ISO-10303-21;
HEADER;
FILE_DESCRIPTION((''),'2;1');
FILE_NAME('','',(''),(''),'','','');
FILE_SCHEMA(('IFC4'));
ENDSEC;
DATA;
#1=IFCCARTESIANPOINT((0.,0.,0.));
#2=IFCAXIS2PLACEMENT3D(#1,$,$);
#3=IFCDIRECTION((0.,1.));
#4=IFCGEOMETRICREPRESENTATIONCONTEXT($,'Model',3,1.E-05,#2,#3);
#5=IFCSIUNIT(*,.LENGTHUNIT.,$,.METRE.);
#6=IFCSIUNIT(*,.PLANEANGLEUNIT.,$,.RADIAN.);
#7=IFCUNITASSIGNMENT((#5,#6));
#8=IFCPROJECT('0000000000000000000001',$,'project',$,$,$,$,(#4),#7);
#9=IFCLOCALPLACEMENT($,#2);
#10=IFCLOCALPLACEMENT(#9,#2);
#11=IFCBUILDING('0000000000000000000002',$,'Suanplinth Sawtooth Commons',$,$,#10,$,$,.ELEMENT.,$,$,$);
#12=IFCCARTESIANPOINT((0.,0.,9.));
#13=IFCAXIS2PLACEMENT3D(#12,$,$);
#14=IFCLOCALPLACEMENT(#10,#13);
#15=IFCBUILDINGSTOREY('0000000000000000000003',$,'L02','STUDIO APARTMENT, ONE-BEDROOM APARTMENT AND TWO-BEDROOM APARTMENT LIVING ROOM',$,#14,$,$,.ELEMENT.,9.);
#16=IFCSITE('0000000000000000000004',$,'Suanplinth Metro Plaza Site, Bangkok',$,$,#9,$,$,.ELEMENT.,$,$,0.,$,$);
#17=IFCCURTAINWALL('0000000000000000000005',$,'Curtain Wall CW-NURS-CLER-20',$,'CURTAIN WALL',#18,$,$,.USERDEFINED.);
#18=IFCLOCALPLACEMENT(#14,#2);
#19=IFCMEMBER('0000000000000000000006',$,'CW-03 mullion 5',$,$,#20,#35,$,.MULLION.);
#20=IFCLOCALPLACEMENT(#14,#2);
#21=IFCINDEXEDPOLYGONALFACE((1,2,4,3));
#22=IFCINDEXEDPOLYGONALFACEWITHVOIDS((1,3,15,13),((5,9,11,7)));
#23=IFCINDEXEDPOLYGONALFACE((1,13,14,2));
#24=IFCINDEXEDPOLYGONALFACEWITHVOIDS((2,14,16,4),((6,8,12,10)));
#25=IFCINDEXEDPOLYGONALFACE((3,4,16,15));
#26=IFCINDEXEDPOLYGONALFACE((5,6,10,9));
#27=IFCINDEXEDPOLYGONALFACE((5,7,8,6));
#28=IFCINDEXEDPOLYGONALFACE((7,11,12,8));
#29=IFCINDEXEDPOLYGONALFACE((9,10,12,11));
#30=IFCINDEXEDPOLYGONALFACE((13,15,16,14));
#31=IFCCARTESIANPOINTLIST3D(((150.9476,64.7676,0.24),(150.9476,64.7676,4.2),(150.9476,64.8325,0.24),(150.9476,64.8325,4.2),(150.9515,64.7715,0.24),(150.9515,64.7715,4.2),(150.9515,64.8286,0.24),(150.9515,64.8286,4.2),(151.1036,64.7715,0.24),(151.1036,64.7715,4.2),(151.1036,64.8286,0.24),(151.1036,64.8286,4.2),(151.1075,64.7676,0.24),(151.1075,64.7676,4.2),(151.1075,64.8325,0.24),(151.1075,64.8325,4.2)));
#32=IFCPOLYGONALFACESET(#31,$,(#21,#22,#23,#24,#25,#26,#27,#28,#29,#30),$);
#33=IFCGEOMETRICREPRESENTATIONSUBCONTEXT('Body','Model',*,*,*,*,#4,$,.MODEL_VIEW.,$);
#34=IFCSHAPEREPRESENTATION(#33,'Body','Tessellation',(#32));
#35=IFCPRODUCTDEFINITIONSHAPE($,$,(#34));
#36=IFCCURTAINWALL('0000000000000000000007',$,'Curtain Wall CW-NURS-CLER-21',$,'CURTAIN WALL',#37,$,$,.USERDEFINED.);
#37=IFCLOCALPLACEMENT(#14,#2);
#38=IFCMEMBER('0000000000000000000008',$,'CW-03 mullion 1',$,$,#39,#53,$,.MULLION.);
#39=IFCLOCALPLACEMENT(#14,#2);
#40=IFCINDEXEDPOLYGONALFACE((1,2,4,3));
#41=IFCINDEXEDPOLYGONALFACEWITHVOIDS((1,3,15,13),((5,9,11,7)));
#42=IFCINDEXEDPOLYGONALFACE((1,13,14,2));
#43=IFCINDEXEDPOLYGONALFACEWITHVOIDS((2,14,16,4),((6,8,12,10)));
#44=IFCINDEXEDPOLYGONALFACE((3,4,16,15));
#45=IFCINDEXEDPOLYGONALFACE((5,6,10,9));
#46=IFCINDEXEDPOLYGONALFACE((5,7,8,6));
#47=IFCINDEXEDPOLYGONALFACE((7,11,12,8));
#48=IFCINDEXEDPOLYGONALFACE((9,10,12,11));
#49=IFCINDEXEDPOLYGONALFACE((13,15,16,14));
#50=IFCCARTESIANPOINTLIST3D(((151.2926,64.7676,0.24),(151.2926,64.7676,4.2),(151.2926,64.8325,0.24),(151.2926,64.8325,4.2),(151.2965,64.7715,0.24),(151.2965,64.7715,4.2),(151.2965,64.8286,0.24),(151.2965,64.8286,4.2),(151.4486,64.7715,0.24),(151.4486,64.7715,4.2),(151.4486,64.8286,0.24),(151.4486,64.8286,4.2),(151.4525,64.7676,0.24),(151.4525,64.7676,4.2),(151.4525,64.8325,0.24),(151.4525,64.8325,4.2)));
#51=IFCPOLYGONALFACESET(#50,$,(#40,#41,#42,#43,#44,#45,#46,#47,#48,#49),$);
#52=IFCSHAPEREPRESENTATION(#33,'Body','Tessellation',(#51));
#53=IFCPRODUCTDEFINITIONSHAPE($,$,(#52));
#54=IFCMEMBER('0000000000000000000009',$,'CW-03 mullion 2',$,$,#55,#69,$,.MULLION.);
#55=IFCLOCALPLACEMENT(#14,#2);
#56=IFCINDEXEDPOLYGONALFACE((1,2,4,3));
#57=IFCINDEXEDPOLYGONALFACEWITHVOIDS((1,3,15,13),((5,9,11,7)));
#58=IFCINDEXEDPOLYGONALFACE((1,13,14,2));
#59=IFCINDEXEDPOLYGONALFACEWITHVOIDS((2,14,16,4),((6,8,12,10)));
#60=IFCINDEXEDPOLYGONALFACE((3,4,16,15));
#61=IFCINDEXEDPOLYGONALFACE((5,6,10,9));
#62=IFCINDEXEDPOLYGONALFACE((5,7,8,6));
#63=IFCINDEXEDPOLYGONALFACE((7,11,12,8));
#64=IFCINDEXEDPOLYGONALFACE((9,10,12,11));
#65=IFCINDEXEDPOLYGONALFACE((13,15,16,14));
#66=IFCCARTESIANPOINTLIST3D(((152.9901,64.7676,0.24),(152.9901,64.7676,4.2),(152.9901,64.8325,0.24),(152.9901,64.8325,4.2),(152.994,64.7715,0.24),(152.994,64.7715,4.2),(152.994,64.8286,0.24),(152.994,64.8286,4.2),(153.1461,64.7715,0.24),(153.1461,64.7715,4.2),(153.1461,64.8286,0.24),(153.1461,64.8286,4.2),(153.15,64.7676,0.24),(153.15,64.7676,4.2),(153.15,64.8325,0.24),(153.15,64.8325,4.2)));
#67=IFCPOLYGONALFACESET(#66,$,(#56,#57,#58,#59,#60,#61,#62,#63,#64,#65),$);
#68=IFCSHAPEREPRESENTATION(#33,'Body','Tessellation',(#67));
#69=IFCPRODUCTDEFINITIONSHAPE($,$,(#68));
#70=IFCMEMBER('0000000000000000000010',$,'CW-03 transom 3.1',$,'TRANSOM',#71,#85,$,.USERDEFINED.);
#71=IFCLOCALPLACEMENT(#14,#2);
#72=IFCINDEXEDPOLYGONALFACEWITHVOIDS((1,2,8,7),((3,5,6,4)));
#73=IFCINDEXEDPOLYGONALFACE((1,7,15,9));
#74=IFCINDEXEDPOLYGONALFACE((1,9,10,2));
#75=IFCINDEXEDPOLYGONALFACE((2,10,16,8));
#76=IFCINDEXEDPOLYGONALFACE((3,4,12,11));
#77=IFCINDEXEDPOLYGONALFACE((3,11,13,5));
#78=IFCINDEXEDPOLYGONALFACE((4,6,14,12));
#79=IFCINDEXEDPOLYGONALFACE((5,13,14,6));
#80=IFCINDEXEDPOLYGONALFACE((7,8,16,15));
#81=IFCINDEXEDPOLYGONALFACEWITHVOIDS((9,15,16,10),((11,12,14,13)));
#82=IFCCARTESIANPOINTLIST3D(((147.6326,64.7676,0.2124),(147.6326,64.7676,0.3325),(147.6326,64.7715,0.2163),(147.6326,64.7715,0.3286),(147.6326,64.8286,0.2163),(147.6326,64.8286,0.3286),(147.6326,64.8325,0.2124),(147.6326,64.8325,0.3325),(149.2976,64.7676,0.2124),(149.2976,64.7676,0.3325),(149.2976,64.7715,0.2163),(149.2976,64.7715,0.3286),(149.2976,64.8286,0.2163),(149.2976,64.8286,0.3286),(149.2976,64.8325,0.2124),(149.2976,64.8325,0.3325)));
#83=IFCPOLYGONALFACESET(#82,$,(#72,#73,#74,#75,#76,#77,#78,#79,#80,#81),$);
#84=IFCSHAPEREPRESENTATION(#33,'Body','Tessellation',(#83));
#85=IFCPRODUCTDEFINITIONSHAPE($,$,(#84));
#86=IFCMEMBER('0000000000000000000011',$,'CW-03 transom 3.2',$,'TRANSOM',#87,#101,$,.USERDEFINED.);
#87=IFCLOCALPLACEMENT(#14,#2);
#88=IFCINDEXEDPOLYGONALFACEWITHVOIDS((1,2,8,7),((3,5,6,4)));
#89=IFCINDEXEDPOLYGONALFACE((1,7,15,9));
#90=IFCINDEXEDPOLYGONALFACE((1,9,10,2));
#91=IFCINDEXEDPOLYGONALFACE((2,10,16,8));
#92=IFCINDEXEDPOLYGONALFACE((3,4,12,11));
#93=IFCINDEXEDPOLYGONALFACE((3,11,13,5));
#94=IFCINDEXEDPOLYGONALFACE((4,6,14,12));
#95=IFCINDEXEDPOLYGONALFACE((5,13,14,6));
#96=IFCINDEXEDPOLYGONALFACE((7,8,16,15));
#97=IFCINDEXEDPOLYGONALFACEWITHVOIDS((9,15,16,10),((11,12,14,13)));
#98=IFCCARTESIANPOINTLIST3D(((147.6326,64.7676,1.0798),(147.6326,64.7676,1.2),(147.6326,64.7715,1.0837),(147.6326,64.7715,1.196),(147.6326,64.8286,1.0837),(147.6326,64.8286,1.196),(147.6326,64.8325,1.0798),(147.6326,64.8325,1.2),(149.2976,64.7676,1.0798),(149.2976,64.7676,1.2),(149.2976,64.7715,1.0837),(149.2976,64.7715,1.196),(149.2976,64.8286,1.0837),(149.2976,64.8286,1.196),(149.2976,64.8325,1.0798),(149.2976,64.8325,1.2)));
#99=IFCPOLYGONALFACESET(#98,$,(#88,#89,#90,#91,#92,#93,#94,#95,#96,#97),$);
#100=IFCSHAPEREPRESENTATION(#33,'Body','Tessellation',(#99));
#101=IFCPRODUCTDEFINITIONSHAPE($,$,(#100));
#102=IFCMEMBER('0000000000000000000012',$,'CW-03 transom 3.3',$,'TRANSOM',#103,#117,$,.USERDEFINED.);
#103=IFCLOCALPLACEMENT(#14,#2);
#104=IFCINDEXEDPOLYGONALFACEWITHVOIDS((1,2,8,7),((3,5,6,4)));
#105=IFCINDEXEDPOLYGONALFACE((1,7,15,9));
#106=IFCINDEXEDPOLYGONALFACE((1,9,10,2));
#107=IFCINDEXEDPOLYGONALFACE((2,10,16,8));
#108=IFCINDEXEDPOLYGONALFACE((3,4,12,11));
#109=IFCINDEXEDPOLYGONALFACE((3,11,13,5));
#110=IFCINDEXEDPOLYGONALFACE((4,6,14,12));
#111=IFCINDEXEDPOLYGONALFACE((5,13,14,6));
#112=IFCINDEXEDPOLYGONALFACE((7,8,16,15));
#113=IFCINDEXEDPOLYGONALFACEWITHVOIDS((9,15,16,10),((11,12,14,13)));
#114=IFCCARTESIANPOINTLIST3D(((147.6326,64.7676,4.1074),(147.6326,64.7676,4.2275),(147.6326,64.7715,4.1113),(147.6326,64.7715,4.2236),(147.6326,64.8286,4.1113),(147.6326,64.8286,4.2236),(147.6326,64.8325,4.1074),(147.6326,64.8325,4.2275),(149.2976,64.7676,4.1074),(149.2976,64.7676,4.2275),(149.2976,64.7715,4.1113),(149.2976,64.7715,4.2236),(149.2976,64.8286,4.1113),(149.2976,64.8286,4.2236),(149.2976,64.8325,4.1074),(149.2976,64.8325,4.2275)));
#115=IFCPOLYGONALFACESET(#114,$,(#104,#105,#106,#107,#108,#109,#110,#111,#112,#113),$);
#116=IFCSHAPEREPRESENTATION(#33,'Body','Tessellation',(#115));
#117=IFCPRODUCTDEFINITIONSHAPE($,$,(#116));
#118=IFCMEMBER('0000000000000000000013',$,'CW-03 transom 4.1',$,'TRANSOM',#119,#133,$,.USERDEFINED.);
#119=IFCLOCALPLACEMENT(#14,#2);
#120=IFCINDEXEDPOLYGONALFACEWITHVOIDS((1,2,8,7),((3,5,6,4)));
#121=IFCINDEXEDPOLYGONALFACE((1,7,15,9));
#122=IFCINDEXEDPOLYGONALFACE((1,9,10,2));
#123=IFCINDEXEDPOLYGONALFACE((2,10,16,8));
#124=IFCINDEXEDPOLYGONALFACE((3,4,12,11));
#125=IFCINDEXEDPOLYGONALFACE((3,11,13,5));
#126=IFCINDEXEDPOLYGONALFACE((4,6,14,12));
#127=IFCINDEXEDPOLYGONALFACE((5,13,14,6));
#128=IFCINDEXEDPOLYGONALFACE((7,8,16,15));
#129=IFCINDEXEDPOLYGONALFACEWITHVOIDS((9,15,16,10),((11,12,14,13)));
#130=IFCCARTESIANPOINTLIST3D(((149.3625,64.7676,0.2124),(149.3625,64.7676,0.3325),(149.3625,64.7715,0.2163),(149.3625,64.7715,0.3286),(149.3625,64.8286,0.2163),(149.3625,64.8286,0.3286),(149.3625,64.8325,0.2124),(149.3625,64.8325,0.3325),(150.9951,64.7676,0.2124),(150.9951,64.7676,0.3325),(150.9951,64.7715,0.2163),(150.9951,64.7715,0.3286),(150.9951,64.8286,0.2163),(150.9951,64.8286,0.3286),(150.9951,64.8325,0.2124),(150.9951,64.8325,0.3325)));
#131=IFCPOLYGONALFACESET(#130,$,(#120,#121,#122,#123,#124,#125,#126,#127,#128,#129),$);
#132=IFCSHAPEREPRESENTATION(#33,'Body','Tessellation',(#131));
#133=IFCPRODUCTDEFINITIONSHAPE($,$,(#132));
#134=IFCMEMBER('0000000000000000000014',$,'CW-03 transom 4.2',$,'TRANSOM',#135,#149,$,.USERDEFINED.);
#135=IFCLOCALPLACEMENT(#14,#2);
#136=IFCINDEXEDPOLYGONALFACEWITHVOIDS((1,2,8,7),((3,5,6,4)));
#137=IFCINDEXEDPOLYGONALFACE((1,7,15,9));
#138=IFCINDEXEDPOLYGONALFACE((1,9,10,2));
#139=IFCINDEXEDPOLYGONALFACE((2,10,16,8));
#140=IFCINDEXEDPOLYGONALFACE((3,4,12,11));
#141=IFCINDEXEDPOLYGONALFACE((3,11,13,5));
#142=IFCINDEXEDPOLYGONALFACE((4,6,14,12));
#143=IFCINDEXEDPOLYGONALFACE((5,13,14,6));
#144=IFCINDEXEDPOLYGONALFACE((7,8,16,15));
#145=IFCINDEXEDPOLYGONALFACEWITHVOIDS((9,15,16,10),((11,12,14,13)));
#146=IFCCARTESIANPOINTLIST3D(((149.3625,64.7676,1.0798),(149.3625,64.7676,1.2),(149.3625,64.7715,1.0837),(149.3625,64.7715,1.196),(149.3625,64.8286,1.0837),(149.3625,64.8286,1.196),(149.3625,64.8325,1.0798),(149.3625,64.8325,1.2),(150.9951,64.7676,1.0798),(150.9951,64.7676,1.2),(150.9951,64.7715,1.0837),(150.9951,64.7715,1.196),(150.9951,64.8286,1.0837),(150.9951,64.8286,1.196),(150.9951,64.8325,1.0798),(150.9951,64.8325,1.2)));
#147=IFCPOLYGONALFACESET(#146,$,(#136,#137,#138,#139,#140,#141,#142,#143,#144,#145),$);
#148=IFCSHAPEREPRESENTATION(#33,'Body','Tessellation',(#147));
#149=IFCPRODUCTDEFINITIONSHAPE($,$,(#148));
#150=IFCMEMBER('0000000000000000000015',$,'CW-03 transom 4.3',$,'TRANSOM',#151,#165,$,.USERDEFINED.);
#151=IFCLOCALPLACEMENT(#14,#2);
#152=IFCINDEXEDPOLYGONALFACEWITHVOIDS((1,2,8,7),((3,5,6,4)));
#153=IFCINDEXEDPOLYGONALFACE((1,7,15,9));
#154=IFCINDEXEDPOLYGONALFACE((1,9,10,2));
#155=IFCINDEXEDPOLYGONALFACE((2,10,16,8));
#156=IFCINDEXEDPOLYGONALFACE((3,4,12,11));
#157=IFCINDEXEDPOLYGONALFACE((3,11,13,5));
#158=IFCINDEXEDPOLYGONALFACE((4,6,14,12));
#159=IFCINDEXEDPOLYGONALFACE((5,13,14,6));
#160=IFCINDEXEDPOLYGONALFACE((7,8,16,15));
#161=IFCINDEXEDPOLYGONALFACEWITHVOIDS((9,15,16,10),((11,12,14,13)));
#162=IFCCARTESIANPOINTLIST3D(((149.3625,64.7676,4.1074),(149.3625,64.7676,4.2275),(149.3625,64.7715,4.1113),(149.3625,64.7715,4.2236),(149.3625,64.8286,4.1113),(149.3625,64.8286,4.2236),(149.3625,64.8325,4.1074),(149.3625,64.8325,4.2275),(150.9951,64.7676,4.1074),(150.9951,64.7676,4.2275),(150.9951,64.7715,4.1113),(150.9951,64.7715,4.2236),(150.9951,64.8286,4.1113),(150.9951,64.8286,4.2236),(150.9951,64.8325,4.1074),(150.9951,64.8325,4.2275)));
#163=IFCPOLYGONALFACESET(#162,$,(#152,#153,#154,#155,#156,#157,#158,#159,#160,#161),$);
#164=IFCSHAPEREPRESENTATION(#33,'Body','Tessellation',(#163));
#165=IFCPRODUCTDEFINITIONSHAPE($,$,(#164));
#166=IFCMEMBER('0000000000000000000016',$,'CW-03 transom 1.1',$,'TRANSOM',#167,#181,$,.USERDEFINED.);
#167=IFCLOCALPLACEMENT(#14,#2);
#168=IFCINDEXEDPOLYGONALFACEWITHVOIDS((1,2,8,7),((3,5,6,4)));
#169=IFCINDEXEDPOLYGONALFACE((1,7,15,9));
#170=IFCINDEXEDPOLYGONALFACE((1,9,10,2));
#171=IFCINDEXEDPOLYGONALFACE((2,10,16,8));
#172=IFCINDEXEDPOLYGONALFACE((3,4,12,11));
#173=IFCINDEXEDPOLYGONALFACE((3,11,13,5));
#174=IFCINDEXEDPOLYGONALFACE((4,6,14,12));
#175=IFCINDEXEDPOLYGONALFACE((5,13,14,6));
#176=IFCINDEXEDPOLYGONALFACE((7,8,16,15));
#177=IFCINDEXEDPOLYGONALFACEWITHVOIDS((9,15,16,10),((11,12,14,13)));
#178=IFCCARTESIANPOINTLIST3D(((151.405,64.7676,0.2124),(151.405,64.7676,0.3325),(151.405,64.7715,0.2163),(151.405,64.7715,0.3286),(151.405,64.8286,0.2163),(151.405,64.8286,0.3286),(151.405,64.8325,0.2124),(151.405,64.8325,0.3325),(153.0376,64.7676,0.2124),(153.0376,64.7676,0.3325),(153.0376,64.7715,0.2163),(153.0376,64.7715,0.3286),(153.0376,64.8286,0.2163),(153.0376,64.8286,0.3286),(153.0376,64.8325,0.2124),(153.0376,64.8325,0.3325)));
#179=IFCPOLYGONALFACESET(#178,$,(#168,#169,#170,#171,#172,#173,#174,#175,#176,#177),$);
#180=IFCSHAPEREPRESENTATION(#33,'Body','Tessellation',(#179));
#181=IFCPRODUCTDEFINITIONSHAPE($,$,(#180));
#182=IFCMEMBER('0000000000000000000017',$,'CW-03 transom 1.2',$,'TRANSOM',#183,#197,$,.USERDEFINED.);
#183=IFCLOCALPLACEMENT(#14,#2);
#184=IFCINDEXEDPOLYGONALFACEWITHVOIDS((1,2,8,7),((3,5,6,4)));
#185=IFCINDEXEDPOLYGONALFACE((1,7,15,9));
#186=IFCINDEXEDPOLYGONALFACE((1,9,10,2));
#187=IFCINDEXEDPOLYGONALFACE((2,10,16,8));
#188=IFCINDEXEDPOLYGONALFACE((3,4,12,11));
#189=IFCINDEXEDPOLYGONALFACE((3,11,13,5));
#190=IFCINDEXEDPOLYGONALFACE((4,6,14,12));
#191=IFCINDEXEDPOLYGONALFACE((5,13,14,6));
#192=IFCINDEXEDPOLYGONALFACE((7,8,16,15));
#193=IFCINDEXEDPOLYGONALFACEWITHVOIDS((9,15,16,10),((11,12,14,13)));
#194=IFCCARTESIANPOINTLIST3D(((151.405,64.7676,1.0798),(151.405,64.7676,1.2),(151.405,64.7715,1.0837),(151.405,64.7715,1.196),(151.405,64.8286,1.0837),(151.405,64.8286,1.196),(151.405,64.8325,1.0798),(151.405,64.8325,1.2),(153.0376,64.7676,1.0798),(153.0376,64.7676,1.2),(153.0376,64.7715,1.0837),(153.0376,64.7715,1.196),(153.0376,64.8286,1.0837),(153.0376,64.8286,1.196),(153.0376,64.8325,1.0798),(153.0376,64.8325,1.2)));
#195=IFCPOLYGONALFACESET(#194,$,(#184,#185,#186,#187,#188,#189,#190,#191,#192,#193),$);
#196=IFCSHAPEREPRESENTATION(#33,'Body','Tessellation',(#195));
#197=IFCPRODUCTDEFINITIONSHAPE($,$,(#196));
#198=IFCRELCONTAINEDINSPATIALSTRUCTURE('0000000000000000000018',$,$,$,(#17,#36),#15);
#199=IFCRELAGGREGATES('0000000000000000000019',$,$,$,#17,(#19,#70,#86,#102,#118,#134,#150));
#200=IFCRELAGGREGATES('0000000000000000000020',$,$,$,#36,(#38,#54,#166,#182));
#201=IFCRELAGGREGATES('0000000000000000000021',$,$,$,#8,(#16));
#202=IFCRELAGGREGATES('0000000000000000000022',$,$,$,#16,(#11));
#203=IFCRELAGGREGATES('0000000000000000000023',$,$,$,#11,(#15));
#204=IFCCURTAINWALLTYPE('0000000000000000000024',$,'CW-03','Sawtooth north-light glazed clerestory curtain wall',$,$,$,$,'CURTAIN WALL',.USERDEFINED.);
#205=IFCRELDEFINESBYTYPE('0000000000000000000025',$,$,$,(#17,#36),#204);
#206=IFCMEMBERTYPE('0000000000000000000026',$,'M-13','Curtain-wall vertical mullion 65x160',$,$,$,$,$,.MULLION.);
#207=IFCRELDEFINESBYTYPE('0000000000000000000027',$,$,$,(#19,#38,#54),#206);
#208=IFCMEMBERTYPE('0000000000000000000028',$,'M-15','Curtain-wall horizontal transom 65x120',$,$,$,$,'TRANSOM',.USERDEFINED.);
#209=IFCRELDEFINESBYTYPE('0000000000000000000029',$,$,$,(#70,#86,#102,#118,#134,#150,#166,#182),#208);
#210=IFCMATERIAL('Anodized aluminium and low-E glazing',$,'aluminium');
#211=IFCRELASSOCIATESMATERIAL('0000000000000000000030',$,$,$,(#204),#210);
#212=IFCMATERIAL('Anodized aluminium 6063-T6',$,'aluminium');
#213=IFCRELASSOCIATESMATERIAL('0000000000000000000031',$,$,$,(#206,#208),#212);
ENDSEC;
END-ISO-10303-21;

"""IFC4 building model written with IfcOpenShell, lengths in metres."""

from ifc_helpers import new_model, si_unit, direction, frame, origin, origin_2d, place, context, subcontext, project, spatial, hollow_rectangle, extrude, material, material_profile, profile_set, type_object, element, aggregate, save


model = new_model("IFC4")

# Units and contexts
model_context = context("Model", 3, precision=1e-05, world=origin(), true_north=direction((0.0, 1.0)))
body_context = subcontext(model_context, "Body", "Model", "MODEL_VIEW")
ifc_project = project(units=[si_unit("LENGTHUNIT", "METRE"), si_unit("PLANEANGLEUNIT", "RADIAN")], contexts=[model_context])

# Site, building, storey
site_placement = place(None, origin())
site = spatial("IfcSite", under=ifc_project, at=site_placement, Name="Suanplinth Metro Plaza Site, Bangkok", CompositionType="ELEMENT", RefElevation=0.0)
building_placement = place(site_placement, origin())
building = spatial("IfcBuilding", under=site, at=building_placement, Name="Suanplinth Sawtooth Commons", CompositionType="ELEMENT")
storey_placement = place(building_placement, frame((0.0, 0.0, 9.0)))
storey = spatial("IfcBuildingStorey", under=building, at=storey_placement, Name="L02", Description="STUDIO APARTMENT, ONE-BEDROOM APARTMENT AND TWO-BEDROOM APARTMENT LIVING ROOM", CompositionType="ELEMENT", Elevation=9.0)

# Curtain walls, members
ifc_material_1 = material(Name="Anodized aluminium and low-E glazing", Category="aluminium")
curtain_wall_type = type_object("IfcCurtainWallType", Name="CW-03", Description="Sawtooth north-light glazed clerestory curtain wall", ElementType="CURTAIN WALL", PredefinedType="USERDEFINED", material=ifc_material_1)
curtain_wall_1_placement = place(storey_placement, origin())
curtain_wall_1 = element("IfcCurtainWall", 1, at=curtain_wall_1_placement, inside=storey, type_object=curtain_wall_type, Name="Curtain Wall CW-NURS-CLER-20", ObjectType="CURTAIN WALL", PredefinedType="USERDEFINED")
ifc_material_2 = material(Name="Anodized aluminium 6063-T6", Category="aluminium")
ifc_material_profile_1 = material_profile(ifc_material_2, hollow_rectangle(XDim=0.0649, YDim=0.1599, WallThickness=0.0039, at=origin_2d()), Name="ALU-MUL 65x160")
ifc_profile_set_1 = profile_set([ifc_material_profile_1], Name="Anodized aluminium 6063-T6")
member_type_1 = type_object("IfcMemberType", Name="M-13", Description="Curtain-wall vertical mullion 65x160", PredefinedType="MULLION", material=ifc_profile_set_1)
member_1_placement = place(storey_placement, frame((151.0276, 64.8, 0.24), z_axis=(0.0, 0.0, 1.0), x_axis=(0.0, 1.0, 0.0)))
member_1 = element("IfcMember", 2, at=member_1_placement, type_object=member_type_1, Name="CW-03 mullion 5", PredefinedType="MULLION", context=body_context, shape_type="SweptSolid", body=[
    extrude(hollow_rectangle(XDim=0.0649, YDim=0.1599, WallThickness=0.0039, at=origin_2d()), origin(), (0.0, 0.0, 1.0), 3.96),
])
curtain_wall_2_placement = place(storey_placement, origin())
curtain_wall_2 = element("IfcCurtainWall", 3, at=curtain_wall_2_placement, inside=storey, type_object=curtain_wall_type, Name="Curtain Wall CW-NURS-CLER-21", ObjectType="CURTAIN WALL", PredefinedType="USERDEFINED")
member_2_placement = place(storey_placement, frame((151.3726, 64.8, 0.24), z_axis=(0.0, 0.0, 1.0), x_axis=(0.0, 1.0, 0.0)))
member_2 = element("IfcMember", 4, at=member_2_placement, type_object=member_type_1, Name="CW-03 mullion 1", PredefinedType="MULLION", context=body_context, shape_type="SweptSolid", body=[
    extrude(hollow_rectangle(XDim=0.0649, YDim=0.1599, WallThickness=0.0039, at=origin_2d()), origin(), (0.0, 0.0, 1.0), 3.96),
])
member_3_placement = place(storey_placement, frame((153.0701, 64.8, 0.24), z_axis=(0.0, 0.0, 1.0), x_axis=(0.0, 1.0, 0.0)))
member_3 = element("IfcMember", 5, at=member_3_placement, type_object=member_type_1, Name="CW-03 mullion 2", PredefinedType="MULLION", context=body_context, shape_type="SweptSolid", body=[
    extrude(hollow_rectangle(XDim=0.0649, YDim=0.1599, WallThickness=0.0039, at=origin_2d()), origin(), (0.0, 0.0, 1.0), 3.96),
])

# Members
ifc_material_profile_2 = material_profile(ifc_material_2, hollow_rectangle(XDim=0.0649, YDim=0.1201, WallThickness=0.0039, at=origin_2d()), Name="ALU-TRN 65x120")
ifc_profile_set_2 = profile_set([ifc_material_profile_2], Name="Anodized aluminium 6063-T6")
member_type_2 = type_object("IfcMemberType", Name="M-15", Description="Curtain-wall horizontal transom 65x120", ElementType="TRANSOM", PredefinedType="USERDEFINED", material=ifc_profile_set_2)
member_4_placement = place(storey_placement, frame((147.6326, 64.8, 0.2725), z_axis=(1.0, 0.0, 0.0), x_axis=(0.0, 1.0, 0.0)))
member_4 = element("IfcMember", 6, at=member_4_placement, type_object=member_type_2, Name="CW-03 transom 3.1", ObjectType="TRANSOM", PredefinedType="USERDEFINED", context=body_context, shape_type="SweptSolid", body=[
    extrude(hollow_rectangle(XDim=0.0649, YDim=0.1201, WallThickness=0.0039, at=origin_2d()), origin(), (0.0, 0.0, 1.0), 1.665),
])
member_5_placement = place(storey_placement, frame((147.6326, 64.8, 1.1399), z_axis=(1.0, 0.0, 0.0), x_axis=(0.0, 1.0, 0.0)))
member_5 = element("IfcMember", 7, at=member_5_placement, type_object=member_type_2, Name="CW-03 transom 3.2", ObjectType="TRANSOM", PredefinedType="USERDEFINED", context=body_context, shape_type="SweptSolid", body=[
    extrude(hollow_rectangle(XDim=0.0649, YDim=0.1201, WallThickness=0.0039, at=origin_2d()), origin(), (0.0, 0.0, 1.0), 1.665),
])
member_6_placement = place(storey_placement, frame((147.6326, 64.8, 4.1675), z_axis=(1.0, 0.0, 0.0), x_axis=(0.0, 1.0, 0.0)))
member_6 = element("IfcMember", 8, at=member_6_placement, type_object=member_type_2, Name="CW-03 transom 3.3", ObjectType="TRANSOM", PredefinedType="USERDEFINED", context=body_context, shape_type="SweptSolid", body=[
    extrude(hollow_rectangle(XDim=0.0649, YDim=0.1201, WallThickness=0.0039, at=origin_2d()), origin(), (0.0, 0.0, 1.0), 1.665),
])
member_7_placement = place(storey_placement, frame((149.3625, 64.8, 0.2725), z_axis=(1.0, 0.0, 0.0), x_axis=(0.0, 1.0, 0.0)))
member_7 = element("IfcMember", 9, at=member_7_placement, type_object=member_type_2, Name="CW-03 transom 4.1", ObjectType="TRANSOM", PredefinedType="USERDEFINED", context=body_context, shape_type="SweptSolid", body=[
    extrude(hollow_rectangle(XDim=0.0649, YDim=0.1201, WallThickness=0.0039, at=origin_2d()), origin(), (0.0, 0.0, 1.0), 1.6326),
])
member_8_placement = place(storey_placement, frame((149.3625, 64.8, 1.1399), z_axis=(1.0, 0.0, 0.0), x_axis=(0.0, 1.0, 0.0)))
member_8 = element("IfcMember", 10, at=member_8_placement, type_object=member_type_2, Name="CW-03 transom 4.2", ObjectType="TRANSOM", PredefinedType="USERDEFINED", context=body_context, shape_type="SweptSolid", body=[
    extrude(hollow_rectangle(XDim=0.0649, YDim=0.1201, WallThickness=0.0039, at=origin_2d()), origin(), (0.0, 0.0, 1.0), 1.6326),
])
member_9_placement = place(storey_placement, frame((149.3625, 64.8, 4.1675), z_axis=(1.0, 0.0, 0.0), x_axis=(0.0, 1.0, 0.0)))
member_9 = element("IfcMember", 11, at=member_9_placement, type_object=member_type_2, Name="CW-03 transom 4.3", ObjectType="TRANSOM", PredefinedType="USERDEFINED", context=body_context, shape_type="SweptSolid", body=[
    extrude(hollow_rectangle(XDim=0.0649, YDim=0.1201, WallThickness=0.0039, at=origin_2d()), origin(), (0.0, 0.0, 1.0), 1.6326),
])
member_10_placement = place(storey_placement, frame((151.405, 64.8, 0.2725), z_axis=(1.0, 0.0, 0.0), x_axis=(0.0, 1.0, 0.0)))
member_10 = element("IfcMember", 12, at=member_10_placement, type_object=member_type_2, Name="CW-03 transom 1.1", ObjectType="TRANSOM", PredefinedType="USERDEFINED", context=body_context, shape_type="SweptSolid", body=[
    extrude(hollow_rectangle(XDim=0.0649, YDim=0.1201, WallThickness=0.0039, at=origin_2d()), origin(), (0.0, 0.0, 1.0), 1.6326),
])
member_11_placement = place(storey_placement, frame((151.405, 64.8, 1.1399), z_axis=(1.0, 0.0, 0.0), x_axis=(0.0, 1.0, 0.0)))
member_11 = element("IfcMember", 13, at=member_11_placement, type_object=member_type_2, Name="CW-03 transom 1.2", ObjectType="TRANSOM", PredefinedType="USERDEFINED", context=body_context, shape_type="SweptSolid", body=[
    extrude(hollow_rectangle(XDim=0.0649, YDim=0.1201, WallThickness=0.0039, at=origin_2d()), origin(), (0.0, 0.0, 1.0), 1.6326),
])

aggregate(curtain_wall_1, [member_1, member_4, member_5, member_6, member_7, member_8, member_9])
aggregate(curtain_wall_2, [member_2, member_3, member_10, member_11])

save(model, "model.ifc")
